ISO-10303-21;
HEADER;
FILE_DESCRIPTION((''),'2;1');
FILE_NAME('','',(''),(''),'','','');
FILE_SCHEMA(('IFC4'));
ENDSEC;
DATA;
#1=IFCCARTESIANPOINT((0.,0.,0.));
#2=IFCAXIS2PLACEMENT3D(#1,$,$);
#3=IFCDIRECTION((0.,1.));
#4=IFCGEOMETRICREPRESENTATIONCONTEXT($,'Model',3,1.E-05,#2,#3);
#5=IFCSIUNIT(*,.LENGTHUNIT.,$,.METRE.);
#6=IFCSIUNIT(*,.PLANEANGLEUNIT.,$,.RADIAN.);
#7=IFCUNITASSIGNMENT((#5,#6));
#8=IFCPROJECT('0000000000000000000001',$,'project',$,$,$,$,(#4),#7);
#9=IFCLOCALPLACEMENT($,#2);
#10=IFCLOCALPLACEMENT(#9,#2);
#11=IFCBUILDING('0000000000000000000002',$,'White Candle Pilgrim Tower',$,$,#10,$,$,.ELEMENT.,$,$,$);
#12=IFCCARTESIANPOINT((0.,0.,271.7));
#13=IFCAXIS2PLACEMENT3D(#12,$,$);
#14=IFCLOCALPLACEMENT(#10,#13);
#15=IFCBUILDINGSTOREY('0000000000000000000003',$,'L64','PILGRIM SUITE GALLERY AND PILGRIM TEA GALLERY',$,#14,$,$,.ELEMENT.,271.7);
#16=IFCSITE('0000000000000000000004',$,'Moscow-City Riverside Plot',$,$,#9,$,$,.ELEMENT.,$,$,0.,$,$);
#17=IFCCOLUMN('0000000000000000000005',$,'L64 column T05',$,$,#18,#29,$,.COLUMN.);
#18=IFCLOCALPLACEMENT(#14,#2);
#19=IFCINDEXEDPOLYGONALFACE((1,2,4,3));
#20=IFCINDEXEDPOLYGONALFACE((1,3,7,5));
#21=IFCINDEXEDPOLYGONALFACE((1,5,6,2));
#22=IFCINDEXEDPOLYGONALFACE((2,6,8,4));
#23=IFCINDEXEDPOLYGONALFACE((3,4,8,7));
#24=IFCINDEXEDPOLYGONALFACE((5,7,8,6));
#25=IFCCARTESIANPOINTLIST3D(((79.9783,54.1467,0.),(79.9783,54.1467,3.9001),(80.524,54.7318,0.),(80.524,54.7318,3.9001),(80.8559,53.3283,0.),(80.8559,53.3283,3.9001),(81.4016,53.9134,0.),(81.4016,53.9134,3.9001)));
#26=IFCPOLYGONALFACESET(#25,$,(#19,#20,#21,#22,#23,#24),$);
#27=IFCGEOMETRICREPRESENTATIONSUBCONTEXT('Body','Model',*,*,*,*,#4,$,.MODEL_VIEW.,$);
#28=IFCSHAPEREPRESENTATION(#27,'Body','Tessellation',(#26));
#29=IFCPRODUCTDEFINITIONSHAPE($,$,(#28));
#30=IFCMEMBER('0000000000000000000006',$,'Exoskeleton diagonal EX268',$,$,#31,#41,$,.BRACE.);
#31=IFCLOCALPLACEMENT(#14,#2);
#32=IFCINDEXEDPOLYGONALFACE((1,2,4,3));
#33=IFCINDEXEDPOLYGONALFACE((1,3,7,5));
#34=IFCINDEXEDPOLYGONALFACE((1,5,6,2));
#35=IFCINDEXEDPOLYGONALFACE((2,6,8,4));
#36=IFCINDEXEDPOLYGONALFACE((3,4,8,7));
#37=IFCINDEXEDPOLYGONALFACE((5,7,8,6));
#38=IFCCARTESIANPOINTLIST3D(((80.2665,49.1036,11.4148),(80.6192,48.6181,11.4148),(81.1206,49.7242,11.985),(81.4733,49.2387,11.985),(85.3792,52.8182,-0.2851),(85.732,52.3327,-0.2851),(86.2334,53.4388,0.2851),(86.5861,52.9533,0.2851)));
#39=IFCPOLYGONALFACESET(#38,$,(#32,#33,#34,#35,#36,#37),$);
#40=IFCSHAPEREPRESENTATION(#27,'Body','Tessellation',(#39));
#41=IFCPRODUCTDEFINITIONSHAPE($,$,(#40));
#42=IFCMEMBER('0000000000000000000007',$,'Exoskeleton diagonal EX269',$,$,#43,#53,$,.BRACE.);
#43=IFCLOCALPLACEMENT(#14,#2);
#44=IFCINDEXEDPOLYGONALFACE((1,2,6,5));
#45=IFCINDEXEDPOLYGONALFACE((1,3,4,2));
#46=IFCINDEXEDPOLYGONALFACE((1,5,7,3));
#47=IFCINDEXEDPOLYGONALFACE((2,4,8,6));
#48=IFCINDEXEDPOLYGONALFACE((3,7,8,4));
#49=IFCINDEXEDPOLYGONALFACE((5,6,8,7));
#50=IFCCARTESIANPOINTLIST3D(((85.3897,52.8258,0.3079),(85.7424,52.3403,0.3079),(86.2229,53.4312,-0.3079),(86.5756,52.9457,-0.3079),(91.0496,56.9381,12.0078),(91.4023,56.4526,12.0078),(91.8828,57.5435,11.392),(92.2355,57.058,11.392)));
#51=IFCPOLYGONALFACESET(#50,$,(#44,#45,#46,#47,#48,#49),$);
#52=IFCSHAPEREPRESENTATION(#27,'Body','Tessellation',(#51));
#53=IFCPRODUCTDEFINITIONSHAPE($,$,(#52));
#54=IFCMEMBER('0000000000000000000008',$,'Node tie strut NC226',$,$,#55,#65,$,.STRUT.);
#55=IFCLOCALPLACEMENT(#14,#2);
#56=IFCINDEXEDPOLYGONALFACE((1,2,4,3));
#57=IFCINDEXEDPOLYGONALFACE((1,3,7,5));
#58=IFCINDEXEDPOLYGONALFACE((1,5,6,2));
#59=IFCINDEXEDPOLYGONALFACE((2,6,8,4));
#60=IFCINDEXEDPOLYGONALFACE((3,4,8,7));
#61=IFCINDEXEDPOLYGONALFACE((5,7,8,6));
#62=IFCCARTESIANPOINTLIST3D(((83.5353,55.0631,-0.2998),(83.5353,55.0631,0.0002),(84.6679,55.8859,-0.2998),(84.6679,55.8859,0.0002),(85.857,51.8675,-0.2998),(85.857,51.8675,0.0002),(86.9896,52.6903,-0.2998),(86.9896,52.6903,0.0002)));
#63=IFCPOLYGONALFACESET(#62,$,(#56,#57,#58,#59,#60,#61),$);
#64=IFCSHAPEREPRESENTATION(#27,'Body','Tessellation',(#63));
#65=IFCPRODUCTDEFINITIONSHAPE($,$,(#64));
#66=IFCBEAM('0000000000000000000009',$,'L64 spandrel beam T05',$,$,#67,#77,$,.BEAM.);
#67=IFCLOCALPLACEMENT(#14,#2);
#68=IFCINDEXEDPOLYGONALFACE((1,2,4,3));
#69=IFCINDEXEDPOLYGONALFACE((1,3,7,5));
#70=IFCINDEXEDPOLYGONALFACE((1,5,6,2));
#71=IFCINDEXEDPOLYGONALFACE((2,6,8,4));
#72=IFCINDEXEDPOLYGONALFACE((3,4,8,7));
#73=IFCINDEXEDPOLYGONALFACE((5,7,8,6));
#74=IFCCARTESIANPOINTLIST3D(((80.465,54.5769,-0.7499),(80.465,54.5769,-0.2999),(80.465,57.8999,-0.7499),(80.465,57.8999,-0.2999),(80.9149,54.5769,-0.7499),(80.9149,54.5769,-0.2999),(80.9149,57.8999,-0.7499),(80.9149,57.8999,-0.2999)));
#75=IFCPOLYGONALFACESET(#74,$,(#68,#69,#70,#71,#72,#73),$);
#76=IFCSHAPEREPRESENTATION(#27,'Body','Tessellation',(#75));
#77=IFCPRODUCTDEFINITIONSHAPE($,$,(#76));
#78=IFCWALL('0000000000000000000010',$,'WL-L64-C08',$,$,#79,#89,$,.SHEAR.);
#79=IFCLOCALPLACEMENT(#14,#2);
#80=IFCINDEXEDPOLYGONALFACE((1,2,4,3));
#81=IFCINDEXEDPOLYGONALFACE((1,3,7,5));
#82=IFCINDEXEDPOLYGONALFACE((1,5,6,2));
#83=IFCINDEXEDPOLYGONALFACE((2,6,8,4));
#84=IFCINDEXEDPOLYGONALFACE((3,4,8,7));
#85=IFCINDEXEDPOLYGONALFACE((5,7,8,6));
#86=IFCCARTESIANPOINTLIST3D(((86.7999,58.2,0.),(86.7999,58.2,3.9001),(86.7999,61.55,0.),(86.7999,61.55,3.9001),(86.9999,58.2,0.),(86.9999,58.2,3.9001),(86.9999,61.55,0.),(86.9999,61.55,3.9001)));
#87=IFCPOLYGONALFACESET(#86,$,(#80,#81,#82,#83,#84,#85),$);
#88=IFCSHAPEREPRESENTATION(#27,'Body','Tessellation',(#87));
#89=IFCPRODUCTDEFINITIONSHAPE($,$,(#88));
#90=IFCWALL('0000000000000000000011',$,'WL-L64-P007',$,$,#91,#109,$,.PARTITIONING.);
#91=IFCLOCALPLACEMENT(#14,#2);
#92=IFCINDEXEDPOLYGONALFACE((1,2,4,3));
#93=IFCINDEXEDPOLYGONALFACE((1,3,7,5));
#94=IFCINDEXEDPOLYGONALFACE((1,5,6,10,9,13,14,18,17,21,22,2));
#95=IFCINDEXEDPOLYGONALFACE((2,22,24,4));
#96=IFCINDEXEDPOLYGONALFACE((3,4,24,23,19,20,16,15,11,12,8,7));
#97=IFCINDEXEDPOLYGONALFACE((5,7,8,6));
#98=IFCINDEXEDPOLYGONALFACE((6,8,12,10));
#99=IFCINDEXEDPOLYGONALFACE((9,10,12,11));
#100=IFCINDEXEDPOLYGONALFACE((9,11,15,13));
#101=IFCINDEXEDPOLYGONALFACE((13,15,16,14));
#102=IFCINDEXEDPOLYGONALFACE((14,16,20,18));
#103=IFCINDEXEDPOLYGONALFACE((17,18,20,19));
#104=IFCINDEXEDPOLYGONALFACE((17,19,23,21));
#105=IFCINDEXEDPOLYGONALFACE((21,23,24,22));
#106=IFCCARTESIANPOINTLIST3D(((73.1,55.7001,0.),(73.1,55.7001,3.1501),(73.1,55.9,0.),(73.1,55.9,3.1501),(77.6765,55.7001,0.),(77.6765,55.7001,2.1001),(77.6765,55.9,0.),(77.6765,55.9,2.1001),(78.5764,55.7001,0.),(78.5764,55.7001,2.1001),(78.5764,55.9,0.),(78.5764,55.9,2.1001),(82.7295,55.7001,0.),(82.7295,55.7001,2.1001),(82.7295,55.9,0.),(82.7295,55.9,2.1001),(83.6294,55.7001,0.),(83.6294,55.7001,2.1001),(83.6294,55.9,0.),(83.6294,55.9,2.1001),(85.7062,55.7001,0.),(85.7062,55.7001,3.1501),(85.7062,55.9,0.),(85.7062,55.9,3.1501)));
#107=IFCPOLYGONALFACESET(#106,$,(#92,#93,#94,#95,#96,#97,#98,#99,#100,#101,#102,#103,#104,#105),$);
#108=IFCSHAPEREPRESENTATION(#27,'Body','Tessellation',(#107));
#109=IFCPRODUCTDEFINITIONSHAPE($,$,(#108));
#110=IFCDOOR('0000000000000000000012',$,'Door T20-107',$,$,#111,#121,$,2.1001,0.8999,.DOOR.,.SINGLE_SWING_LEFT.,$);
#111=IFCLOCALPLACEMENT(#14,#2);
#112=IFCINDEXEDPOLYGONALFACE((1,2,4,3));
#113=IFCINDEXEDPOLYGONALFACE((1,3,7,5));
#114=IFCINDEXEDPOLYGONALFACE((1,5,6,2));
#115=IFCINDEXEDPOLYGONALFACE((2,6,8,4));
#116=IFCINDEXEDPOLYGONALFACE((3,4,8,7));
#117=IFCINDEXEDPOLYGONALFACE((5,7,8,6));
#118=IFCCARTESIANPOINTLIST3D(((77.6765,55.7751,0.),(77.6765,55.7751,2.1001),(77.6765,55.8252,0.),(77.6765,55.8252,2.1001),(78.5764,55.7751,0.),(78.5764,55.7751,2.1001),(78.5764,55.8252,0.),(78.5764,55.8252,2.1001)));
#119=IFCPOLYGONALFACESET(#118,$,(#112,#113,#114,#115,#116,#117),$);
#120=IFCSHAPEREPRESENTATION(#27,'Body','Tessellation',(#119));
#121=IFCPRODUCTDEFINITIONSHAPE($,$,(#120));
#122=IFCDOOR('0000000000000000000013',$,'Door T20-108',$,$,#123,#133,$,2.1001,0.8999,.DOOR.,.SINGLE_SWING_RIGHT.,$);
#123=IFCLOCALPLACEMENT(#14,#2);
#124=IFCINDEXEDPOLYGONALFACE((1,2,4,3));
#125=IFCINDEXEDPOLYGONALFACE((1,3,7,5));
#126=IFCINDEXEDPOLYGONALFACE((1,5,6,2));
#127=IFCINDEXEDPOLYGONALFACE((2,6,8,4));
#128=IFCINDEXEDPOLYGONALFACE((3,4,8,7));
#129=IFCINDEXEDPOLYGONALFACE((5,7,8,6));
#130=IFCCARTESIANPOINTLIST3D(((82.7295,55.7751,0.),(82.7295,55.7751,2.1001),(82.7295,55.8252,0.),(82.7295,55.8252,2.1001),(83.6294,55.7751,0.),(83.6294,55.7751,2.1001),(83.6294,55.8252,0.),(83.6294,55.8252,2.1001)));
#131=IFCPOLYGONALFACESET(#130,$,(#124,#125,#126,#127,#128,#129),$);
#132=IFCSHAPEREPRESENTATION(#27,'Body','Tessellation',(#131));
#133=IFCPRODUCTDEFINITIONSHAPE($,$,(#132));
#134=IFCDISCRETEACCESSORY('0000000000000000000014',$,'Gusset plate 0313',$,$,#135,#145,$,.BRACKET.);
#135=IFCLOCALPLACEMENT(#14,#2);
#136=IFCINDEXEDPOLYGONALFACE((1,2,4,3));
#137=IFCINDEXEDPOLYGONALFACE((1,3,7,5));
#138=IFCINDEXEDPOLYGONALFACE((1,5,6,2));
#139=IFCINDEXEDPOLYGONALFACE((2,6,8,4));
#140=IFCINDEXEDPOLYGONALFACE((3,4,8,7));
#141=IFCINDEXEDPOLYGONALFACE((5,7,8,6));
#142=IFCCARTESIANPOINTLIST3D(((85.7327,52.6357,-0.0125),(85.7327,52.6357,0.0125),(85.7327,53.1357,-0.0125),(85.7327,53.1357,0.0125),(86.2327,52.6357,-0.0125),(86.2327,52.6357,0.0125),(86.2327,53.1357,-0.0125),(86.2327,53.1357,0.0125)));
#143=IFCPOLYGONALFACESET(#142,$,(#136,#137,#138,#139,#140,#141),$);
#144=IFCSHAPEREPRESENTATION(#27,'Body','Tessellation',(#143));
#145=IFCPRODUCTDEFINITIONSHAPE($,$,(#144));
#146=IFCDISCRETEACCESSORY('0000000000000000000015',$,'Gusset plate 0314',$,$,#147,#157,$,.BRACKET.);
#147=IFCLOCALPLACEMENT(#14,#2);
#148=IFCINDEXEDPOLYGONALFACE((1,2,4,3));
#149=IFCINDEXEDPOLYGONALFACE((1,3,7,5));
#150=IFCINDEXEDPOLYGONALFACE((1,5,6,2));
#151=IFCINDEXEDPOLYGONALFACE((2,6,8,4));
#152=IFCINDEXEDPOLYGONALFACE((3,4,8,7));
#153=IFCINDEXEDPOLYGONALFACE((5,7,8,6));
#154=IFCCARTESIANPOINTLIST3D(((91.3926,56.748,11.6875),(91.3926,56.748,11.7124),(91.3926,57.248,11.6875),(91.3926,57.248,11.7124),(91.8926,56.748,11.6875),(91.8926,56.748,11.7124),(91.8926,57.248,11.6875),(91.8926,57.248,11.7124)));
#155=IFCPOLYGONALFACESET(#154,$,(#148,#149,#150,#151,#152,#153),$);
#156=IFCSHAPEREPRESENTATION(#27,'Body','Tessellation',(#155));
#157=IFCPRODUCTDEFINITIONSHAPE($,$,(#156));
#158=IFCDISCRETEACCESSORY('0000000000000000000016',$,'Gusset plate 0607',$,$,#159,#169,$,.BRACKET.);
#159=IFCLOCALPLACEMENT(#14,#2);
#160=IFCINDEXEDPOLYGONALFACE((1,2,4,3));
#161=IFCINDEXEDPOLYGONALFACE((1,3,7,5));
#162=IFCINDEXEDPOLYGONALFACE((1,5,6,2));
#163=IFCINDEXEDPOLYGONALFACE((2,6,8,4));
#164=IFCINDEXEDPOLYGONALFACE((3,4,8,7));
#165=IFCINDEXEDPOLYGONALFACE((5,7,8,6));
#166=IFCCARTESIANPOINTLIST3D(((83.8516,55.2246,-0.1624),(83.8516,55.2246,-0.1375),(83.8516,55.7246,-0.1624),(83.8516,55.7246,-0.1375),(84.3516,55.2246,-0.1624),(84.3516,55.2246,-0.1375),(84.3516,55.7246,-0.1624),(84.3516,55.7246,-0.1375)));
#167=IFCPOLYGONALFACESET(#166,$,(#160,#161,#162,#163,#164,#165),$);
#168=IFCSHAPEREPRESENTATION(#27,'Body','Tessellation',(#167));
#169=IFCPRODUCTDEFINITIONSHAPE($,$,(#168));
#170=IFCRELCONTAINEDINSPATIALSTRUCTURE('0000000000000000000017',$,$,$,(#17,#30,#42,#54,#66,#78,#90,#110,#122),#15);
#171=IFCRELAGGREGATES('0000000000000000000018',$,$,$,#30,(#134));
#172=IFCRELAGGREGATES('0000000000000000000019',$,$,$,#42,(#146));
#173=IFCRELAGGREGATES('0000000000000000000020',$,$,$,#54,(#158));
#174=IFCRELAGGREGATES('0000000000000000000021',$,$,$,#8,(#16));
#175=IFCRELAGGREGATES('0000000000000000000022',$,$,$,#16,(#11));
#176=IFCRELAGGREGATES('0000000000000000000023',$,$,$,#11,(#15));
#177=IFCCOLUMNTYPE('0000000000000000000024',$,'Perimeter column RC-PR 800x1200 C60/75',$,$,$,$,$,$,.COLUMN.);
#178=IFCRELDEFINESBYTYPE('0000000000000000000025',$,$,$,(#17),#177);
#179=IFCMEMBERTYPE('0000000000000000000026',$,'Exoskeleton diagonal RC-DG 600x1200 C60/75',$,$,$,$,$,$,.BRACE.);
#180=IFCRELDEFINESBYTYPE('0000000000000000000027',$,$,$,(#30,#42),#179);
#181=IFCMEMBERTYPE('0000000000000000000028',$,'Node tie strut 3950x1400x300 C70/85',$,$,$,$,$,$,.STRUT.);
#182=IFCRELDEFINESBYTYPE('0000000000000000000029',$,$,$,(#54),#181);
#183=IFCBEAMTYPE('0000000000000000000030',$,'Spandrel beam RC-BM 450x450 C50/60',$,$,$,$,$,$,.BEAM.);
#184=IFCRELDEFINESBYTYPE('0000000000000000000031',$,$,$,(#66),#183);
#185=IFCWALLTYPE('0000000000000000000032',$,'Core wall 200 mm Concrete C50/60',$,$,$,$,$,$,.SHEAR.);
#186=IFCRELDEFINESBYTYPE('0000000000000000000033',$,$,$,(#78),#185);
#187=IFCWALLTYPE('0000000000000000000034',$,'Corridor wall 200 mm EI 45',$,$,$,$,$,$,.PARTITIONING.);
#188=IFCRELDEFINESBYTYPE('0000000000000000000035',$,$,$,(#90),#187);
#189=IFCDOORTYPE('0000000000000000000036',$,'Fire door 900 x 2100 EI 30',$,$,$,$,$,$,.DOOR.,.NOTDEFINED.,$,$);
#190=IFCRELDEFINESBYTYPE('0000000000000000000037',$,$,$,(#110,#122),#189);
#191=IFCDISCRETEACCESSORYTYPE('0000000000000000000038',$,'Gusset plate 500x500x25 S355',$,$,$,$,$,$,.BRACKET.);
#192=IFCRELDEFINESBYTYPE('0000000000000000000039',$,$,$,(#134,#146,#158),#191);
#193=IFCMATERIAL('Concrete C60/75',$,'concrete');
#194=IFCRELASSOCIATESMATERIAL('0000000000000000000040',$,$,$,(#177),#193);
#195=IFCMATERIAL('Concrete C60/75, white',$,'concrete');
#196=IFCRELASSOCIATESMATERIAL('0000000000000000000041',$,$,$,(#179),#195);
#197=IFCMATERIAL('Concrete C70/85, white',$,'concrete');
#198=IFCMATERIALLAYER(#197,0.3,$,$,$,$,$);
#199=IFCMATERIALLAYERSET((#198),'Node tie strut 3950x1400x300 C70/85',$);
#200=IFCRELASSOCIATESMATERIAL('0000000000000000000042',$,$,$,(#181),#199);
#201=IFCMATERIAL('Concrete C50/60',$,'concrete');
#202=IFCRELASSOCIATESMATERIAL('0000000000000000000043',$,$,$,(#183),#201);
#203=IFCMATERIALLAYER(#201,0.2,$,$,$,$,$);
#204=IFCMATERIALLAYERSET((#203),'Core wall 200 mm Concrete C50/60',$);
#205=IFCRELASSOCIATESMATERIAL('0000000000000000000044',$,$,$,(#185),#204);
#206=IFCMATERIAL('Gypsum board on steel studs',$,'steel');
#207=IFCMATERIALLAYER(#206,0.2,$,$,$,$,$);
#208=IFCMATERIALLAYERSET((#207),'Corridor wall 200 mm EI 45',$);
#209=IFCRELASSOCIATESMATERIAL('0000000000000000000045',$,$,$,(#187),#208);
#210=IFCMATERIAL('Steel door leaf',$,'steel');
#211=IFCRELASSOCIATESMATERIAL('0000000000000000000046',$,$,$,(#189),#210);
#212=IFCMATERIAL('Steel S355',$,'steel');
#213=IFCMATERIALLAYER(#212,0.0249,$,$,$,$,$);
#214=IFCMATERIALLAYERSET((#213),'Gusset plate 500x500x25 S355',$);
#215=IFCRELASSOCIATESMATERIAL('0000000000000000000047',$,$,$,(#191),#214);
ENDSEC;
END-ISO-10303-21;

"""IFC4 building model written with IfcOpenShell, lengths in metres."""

from ifc_helpers import new_model, si_unit, direction, frame, frame_2d, origin, origin_2d, place, context, subcontext, project, spatial, rectangle, extrude, material, layer, layer_set, material_profile, profile_set, type_object, element, fill, aggregate, save


model = new_model("IFC4")

# Units and contexts
model_context = context("Model", 3, precision=1e-05, world=origin(), true_north=direction((0.0, 1.0)))
body_context = subcontext(model_context, "Body", "Model", "MODEL_VIEW")
ifc_project = project(units=[si_unit("LENGTHUNIT", "METRE"), si_unit("PLANEANGLEUNIT", "RADIAN")], contexts=[model_context])

# Site, building, storey
site_placement = place(None, origin())
site = spatial("IfcSite", under=ifc_project, at=site_placement, Name="Moscow-City Riverside Plot", CompositionType="ELEMENT", RefElevation=0.0)
building_placement = place(site_placement, origin())
building = spatial("IfcBuilding", under=site, at=building_placement, Name="White Candle Pilgrim Tower", CompositionType="ELEMENT")
storey_placement = place(building_placement, frame((0.0, 0.0, 271.7)))
storey = spatial("IfcBuildingStorey", under=building, at=storey_placement, Name="L64", Description="PILGRIM SUITE GALLERY AND PILGRIM TEA GALLERY", CompositionType="ELEMENT", Elevation=271.7)

# Column
ifc_material_1 = material(Name="Concrete C60/75", Category="concrete")
ifc_material_profile_1 = material_profile(ifc_material_1, rectangle(XDim=0.8, YDim=1.2, at=origin_2d()), Name="RC-PR 800x1200")
ifc_profile_set_1 = profile_set([ifc_material_profile_1], Name="Concrete C60/75")
column_type = type_object("IfcColumnType", Name="Perimeter column RC-PR 800x1200 C60/75", PredefinedType="COLUMN", material=ifc_profile_set_1)
column_placement = place(storey_placement, frame((80.6899, 54.03, 0.0), z_axis=(0.0, 0.0, 1.0), x_axis=(-0.681998, -0.731354, 0.0)))
element("IfcColumn", 1, at=column_placement, inside=storey, type_object=column_type, Name="L64 column T05", PredefinedType="COLUMN", context=body_context, shape_type="SweptSolid", body=[
    extrude(rectangle(XDim=0.8, YDim=1.2, at=origin_2d()), origin(), (0.0, 0.0, 1.0), 3.9001),
])

# Members
ifc_material_2 = material(Name="Concrete C60/75, white", Category="concrete")
ifc_material_profile_2 = material_profile(ifc_material_2, rectangle(XDim=0.6001, YDim=1.2, at=origin_2d()), Name="RC-DG 600x1200")
ifc_profile_set_2 = profile_set([ifc_material_profile_2], Name="Concrete C60/75, white")
member_type_1 = type_object("IfcMemberType", Name="Exoskeleton diagonal RC-DG 600x1200 C60/75", PredefinedType="BRACE", material=ifc_profile_set_2)
member_1_placement = place(storey_placement, frame((85.9827, 52.8857, 0.0), z_axis=(-0.384488, -0.279342, 0.87985), x_axis=(0.587779, -0.809022, 0.0)))
member_1 = element("IfcMember", 2, at=member_1_placement, inside=storey, type_object=member_type_1, Name="Exoskeleton diagonal EX268", PredefinedType="BRACE", context=body_context, shape_type="SweptSolid", body=[
    extrude(rectangle(XDim=0.6001, YDim=1.2, at=origin_2d()), origin(), (0.0, 0.0, 1.0), 13.2976),
])
member_2_placement = place(storey_placement, frame((85.9827, 52.8857, 0.0), z_axis=(0.41519, 0.301663, 0.858264), x_axis=(-0.587798, 0.809008, 0.0)))
member_2 = element("IfcMember", 3, at=member_2_placement, inside=storey, type_object=member_type_1, Name="Exoskeleton diagonal EX269", PredefinedType="BRACE", context=body_context, shape_type="SweptSolid", body=[
    extrude(rectangle(XDim=0.6001, YDim=1.2, at=origin_2d()), origin(), (0.0, 0.0, 1.0), 13.6321),
])
ifc_material_3 = material(Name="Concrete C70/85, white", Category="concrete")
ifc_layer_1 = layer(ifc_material_3, 0.3)
ifc_layer_set_1 = layer_set([ifc_layer_1], Name="Node tie strut 3950x1400x300 C70/85")
member_type_2 = type_object("IfcMemberType", Name="Node tie strut 3950x1400x300 C70/85", PredefinedType="STRUT", material=ifc_layer_set_1)
member_3_placement = place(storey_placement, frame((85.2625, 53.8767, -0.2998), z_axis=(0.0, 0.0, 1.0), x_axis=(0.809017, 0.587785, 0.0)))
member_3 = element("IfcMember", 4, at=member_3_placement, inside=storey, type_object=member_type_2, Name="Node tie strut NC226", PredefinedType="STRUT", context=body_context, shape_type="SweptSolid", body=[
    extrude(rectangle(XDim=1.3999, YDim=3.95, at=origin_2d()), origin(), (0.0, 0.0, 1.0), 0.3),
])

# Beam
ifc_material_4 = material(Name="Concrete C50/60", Category="concrete")
ifc_material_profile_3 = material_profile(ifc_material_4, rectangle(XDim=0.45, YDim=0.45, at=origin_2d()), Name="RC-BM 450x450")
ifc_profile_set_3 = profile_set([ifc_material_profile_3], Name="Concrete C50/60")
beam_type = type_object("IfcBeamType", Name="Spandrel beam RC-BM 450x450 C50/60", PredefinedType="BEAM", material=ifc_profile_set_3)
beam_placement = place(storey_placement, frame((80.6899, 54.5769, -0.5249), z_axis=(0.0, 1.0, 0.0), x_axis=(-1.0, 0.0, 0.0)))
element("IfcBeam", 5, at=beam_placement, inside=storey, type_object=beam_type, Name="L64 spandrel beam T05", PredefinedType="BEAM", context=body_context, shape_type="SweptSolid", body=[
    extrude(rectangle(XDim=0.45, YDim=0.45, at=origin_2d()), origin(), (0.0, 0.0, 1.0), 3.323),
])

# Wall
ifc_layer_2 = layer(ifc_material_4, 0.2)
ifc_layer_set_2 = layer_set([ifc_layer_2], Name="Core wall 200 mm Concrete C50/60")
wall_type_1 = type_object("IfcWallType", Name="Core wall 200 mm Concrete C50/60", PredefinedType="SHEAR", material=ifc_layer_set_2)
wall_1_placement = place(storey_placement, frame((86.8999, 58.2, 0.0), z_axis=(0.0, 0.0, 1.0), x_axis=(0.0, 1.0, 0.0)))
element("IfcWall", 6, at=wall_1_placement, inside=storey, type_object=wall_type_1, Name="WL-L64-C08", PredefinedType="SHEAR", context=body_context, shape_type="SweptSolid", body=[
    extrude(rectangle(XDim=3.3501, YDim=0.2, at=frame_2d((1.675, 0.0))), origin(), (0.0, 0.0, 1.0), 3.9001),
])

# Wall, openings, doors
ifc_material_5 = material(Name="Gypsum board on steel studs", Category="steel")
ifc_layer_3 = layer(ifc_material_5, 0.2)
ifc_layer_set_3 = layer_set([ifc_layer_3], Name="Corridor wall 200 mm EI 45")
wall_type_2 = type_object("IfcWallType", Name="Corridor wall 200 mm EI 45", PredefinedType="PARTITIONING", material=ifc_layer_set_3)
wall_2_placement = place(storey_placement, frame((85.7063, 55.8, 0.0), z_axis=(0.0, 0.0, 1.0), x_axis=(-1.0, 0.0, 0.0)))
wall_2 = element("IfcWall", 7, at=wall_2_placement, inside=storey, type_object=wall_type_2, Name="WL-L64-P007", PredefinedType="PARTITIONING", context=body_context, shape_type="SweptSolid", body=[
    extrude(rectangle(XDim=12.6062, YDim=0.2, at=frame_2d((6.3032, 0.0))), origin(), (0.0, 0.0, 1.0), 3.1501),
])
opening_1_placement = place(wall_2_placement, frame((7.1299, 0.0, 0.0)))
opening_1 = element("IfcOpeningElement", 8, at=opening_1_placement, cuts=wall_2, PredefinedType="OPENING", context=body_context, shape_type="SweptSolid", body=[
    extrude(rectangle(XDim=0.8999, YDim=2.1001, at=frame_2d((0.45, 1.05))), frame((0.0, 0.1099, 0.0), z_axis=(0.0, -1.0, 0.0), x_axis=(1.0, 0.0, 0.0)), (0.0, 0.0, 1.0), 0.22),
])
opening_2_placement = place(wall_2_placement, frame((2.0769, 0.0, 0.0)))
opening_2 = element("IfcOpeningElement", 9, at=opening_2_placement, cuts=wall_2, PredefinedType="OPENING", context=body_context, shape_type="SweptSolid", body=[
    extrude(rectangle(XDim=0.8999, YDim=2.1001, at=frame_2d((0.45, 1.05))), frame((0.0, 0.1099, 0.0), z_axis=(0.0, -1.0, 0.0), x_axis=(1.0, 0.0, 0.0)), (0.0, 0.0, 1.0), 0.22),
])
ifc_material_6 = material(Name="Steel door leaf", Category="steel")
door_type_1 = type_object("IfcDoorType", Name="Fire door 900 x 2100 EI 30", OperationType="NOTDEFINED", PredefinedType="DOOR", material=ifc_material_6)
door_1_placement = place(opening_1_placement, origin())
door_1 = element("IfcDoor", 10, at=door_1_placement, inside=storey, type_object=door_type_1, Name="Door T20-107", OperationType="SINGLE_SWING_LEFT", OverallHeight=2.1001, OverallWidth=0.8999, PredefinedType="DOOR", context=body_context, shape_type="SweptSolid", body=[
    extrude(rectangle(XDim=0.8999, YDim=2.1001, at=frame_2d((0.45, 1.05))), frame((0.0, 0.0249, 0.0), z_axis=(0.0, -1.0, 0.0), x_axis=(1.0, 0.0, 0.0)), (0.0, 0.0, 1.0), 0.05),
])
fill(opening_1, door_1)
door_2_placement = place(opening_2_placement, origin())
door_2 = element("IfcDoor", 11, at=door_2_placement, inside=storey, type_object=door_type_1, Name="Door T20-108", OperationType="SINGLE_SWING_RIGHT", OverallHeight=2.1001, OverallWidth=0.8999, PredefinedType="DOOR", context=body_context, shape_type="SweptSolid", body=[
    extrude(rectangle(XDim=0.8999, YDim=2.1001, at=frame_2d((0.45, 1.05))), frame((0.0, 0.0249, 0.0), z_axis=(0.0, -1.0, 0.0), x_axis=(1.0, 0.0, 0.0)), (0.0, 0.0, 1.0), 0.05),
])
fill(opening_2, door_2)

# Discrete accessories
ifc_material_7 = material(Name="Steel S355", Category="steel")
ifc_layer_4 = layer(ifc_material_7, 0.0249)
ifc_layer_set_4 = layer_set([ifc_layer_4], Name="Gusset plate 500x500x25 S355")
discrete_accessory_type = type_object("IfcDiscreteAccessoryType", Name="Gusset plate 500x500x25 S355", PredefinedType="BRACKET", material=ifc_layer_set_4)
discrete_accessory_1_placement = place(storey_placement, frame((85.9827, 52.8857, -0.0125), z_axis=(0.0, 0.0, 1.0), x_axis=(1.0, 0.0, 0.0)))
discrete_accessory_1 = element("IfcDiscreteAccessory", 12, at=discrete_accessory_1_placement, type_object=discrete_accessory_type, Name="Gusset plate 0313", PredefinedType="BRACKET", context=body_context, shape_type="SweptSolid", body=[
    extrude(rectangle(XDim=0.5, YDim=0.5, at=origin_2d()), origin(), (0.0, 0.0, 1.0), 0.0249),
])
aggregate(member_1, [discrete_accessory_1])
placement = place(building_placement, frame((0.0, 0.0, 283.3999)))
discrete_accessory_2_placement = place(placement, frame((91.6426, 56.998, -0.0125), z_axis=(0.0, 0.0, 1.0), x_axis=(1.0, 0.0, 0.0)))
discrete_accessory_2 = element("IfcDiscreteAccessory", 13, at=discrete_accessory_2_placement, type_object=discrete_accessory_type, Name="Gusset plate 0314", PredefinedType="BRACKET", context=body_context, shape_type="SweptSolid", body=[
    extrude(rectangle(XDim=0.5, YDim=0.5, at=origin_2d()), origin(), (0.0, 0.0, 1.0), 0.0249),
])
aggregate(member_2, [discrete_accessory_2])
discrete_accessory_3_placement = place(storey_placement, frame((84.1016, 55.4746, -0.1624), z_axis=(0.0, 0.0, 1.0), x_axis=(1.0, 0.0, 0.0)))
discrete_accessory_3 = element("IfcDiscreteAccessory", 14, at=discrete_accessory_3_placement, type_object=discrete_accessory_type, Name="Gusset plate 0607", PredefinedType="BRACKET", context=body_context, shape_type="SweptSolid", body=[
    extrude(rectangle(XDim=0.5, YDim=0.5, at=origin_2d()), origin(), (0.0, 0.0, 1.0), 0.0249),
])
aggregate(member_3, [discrete_accessory_3])

save(model, "model.ifc")
